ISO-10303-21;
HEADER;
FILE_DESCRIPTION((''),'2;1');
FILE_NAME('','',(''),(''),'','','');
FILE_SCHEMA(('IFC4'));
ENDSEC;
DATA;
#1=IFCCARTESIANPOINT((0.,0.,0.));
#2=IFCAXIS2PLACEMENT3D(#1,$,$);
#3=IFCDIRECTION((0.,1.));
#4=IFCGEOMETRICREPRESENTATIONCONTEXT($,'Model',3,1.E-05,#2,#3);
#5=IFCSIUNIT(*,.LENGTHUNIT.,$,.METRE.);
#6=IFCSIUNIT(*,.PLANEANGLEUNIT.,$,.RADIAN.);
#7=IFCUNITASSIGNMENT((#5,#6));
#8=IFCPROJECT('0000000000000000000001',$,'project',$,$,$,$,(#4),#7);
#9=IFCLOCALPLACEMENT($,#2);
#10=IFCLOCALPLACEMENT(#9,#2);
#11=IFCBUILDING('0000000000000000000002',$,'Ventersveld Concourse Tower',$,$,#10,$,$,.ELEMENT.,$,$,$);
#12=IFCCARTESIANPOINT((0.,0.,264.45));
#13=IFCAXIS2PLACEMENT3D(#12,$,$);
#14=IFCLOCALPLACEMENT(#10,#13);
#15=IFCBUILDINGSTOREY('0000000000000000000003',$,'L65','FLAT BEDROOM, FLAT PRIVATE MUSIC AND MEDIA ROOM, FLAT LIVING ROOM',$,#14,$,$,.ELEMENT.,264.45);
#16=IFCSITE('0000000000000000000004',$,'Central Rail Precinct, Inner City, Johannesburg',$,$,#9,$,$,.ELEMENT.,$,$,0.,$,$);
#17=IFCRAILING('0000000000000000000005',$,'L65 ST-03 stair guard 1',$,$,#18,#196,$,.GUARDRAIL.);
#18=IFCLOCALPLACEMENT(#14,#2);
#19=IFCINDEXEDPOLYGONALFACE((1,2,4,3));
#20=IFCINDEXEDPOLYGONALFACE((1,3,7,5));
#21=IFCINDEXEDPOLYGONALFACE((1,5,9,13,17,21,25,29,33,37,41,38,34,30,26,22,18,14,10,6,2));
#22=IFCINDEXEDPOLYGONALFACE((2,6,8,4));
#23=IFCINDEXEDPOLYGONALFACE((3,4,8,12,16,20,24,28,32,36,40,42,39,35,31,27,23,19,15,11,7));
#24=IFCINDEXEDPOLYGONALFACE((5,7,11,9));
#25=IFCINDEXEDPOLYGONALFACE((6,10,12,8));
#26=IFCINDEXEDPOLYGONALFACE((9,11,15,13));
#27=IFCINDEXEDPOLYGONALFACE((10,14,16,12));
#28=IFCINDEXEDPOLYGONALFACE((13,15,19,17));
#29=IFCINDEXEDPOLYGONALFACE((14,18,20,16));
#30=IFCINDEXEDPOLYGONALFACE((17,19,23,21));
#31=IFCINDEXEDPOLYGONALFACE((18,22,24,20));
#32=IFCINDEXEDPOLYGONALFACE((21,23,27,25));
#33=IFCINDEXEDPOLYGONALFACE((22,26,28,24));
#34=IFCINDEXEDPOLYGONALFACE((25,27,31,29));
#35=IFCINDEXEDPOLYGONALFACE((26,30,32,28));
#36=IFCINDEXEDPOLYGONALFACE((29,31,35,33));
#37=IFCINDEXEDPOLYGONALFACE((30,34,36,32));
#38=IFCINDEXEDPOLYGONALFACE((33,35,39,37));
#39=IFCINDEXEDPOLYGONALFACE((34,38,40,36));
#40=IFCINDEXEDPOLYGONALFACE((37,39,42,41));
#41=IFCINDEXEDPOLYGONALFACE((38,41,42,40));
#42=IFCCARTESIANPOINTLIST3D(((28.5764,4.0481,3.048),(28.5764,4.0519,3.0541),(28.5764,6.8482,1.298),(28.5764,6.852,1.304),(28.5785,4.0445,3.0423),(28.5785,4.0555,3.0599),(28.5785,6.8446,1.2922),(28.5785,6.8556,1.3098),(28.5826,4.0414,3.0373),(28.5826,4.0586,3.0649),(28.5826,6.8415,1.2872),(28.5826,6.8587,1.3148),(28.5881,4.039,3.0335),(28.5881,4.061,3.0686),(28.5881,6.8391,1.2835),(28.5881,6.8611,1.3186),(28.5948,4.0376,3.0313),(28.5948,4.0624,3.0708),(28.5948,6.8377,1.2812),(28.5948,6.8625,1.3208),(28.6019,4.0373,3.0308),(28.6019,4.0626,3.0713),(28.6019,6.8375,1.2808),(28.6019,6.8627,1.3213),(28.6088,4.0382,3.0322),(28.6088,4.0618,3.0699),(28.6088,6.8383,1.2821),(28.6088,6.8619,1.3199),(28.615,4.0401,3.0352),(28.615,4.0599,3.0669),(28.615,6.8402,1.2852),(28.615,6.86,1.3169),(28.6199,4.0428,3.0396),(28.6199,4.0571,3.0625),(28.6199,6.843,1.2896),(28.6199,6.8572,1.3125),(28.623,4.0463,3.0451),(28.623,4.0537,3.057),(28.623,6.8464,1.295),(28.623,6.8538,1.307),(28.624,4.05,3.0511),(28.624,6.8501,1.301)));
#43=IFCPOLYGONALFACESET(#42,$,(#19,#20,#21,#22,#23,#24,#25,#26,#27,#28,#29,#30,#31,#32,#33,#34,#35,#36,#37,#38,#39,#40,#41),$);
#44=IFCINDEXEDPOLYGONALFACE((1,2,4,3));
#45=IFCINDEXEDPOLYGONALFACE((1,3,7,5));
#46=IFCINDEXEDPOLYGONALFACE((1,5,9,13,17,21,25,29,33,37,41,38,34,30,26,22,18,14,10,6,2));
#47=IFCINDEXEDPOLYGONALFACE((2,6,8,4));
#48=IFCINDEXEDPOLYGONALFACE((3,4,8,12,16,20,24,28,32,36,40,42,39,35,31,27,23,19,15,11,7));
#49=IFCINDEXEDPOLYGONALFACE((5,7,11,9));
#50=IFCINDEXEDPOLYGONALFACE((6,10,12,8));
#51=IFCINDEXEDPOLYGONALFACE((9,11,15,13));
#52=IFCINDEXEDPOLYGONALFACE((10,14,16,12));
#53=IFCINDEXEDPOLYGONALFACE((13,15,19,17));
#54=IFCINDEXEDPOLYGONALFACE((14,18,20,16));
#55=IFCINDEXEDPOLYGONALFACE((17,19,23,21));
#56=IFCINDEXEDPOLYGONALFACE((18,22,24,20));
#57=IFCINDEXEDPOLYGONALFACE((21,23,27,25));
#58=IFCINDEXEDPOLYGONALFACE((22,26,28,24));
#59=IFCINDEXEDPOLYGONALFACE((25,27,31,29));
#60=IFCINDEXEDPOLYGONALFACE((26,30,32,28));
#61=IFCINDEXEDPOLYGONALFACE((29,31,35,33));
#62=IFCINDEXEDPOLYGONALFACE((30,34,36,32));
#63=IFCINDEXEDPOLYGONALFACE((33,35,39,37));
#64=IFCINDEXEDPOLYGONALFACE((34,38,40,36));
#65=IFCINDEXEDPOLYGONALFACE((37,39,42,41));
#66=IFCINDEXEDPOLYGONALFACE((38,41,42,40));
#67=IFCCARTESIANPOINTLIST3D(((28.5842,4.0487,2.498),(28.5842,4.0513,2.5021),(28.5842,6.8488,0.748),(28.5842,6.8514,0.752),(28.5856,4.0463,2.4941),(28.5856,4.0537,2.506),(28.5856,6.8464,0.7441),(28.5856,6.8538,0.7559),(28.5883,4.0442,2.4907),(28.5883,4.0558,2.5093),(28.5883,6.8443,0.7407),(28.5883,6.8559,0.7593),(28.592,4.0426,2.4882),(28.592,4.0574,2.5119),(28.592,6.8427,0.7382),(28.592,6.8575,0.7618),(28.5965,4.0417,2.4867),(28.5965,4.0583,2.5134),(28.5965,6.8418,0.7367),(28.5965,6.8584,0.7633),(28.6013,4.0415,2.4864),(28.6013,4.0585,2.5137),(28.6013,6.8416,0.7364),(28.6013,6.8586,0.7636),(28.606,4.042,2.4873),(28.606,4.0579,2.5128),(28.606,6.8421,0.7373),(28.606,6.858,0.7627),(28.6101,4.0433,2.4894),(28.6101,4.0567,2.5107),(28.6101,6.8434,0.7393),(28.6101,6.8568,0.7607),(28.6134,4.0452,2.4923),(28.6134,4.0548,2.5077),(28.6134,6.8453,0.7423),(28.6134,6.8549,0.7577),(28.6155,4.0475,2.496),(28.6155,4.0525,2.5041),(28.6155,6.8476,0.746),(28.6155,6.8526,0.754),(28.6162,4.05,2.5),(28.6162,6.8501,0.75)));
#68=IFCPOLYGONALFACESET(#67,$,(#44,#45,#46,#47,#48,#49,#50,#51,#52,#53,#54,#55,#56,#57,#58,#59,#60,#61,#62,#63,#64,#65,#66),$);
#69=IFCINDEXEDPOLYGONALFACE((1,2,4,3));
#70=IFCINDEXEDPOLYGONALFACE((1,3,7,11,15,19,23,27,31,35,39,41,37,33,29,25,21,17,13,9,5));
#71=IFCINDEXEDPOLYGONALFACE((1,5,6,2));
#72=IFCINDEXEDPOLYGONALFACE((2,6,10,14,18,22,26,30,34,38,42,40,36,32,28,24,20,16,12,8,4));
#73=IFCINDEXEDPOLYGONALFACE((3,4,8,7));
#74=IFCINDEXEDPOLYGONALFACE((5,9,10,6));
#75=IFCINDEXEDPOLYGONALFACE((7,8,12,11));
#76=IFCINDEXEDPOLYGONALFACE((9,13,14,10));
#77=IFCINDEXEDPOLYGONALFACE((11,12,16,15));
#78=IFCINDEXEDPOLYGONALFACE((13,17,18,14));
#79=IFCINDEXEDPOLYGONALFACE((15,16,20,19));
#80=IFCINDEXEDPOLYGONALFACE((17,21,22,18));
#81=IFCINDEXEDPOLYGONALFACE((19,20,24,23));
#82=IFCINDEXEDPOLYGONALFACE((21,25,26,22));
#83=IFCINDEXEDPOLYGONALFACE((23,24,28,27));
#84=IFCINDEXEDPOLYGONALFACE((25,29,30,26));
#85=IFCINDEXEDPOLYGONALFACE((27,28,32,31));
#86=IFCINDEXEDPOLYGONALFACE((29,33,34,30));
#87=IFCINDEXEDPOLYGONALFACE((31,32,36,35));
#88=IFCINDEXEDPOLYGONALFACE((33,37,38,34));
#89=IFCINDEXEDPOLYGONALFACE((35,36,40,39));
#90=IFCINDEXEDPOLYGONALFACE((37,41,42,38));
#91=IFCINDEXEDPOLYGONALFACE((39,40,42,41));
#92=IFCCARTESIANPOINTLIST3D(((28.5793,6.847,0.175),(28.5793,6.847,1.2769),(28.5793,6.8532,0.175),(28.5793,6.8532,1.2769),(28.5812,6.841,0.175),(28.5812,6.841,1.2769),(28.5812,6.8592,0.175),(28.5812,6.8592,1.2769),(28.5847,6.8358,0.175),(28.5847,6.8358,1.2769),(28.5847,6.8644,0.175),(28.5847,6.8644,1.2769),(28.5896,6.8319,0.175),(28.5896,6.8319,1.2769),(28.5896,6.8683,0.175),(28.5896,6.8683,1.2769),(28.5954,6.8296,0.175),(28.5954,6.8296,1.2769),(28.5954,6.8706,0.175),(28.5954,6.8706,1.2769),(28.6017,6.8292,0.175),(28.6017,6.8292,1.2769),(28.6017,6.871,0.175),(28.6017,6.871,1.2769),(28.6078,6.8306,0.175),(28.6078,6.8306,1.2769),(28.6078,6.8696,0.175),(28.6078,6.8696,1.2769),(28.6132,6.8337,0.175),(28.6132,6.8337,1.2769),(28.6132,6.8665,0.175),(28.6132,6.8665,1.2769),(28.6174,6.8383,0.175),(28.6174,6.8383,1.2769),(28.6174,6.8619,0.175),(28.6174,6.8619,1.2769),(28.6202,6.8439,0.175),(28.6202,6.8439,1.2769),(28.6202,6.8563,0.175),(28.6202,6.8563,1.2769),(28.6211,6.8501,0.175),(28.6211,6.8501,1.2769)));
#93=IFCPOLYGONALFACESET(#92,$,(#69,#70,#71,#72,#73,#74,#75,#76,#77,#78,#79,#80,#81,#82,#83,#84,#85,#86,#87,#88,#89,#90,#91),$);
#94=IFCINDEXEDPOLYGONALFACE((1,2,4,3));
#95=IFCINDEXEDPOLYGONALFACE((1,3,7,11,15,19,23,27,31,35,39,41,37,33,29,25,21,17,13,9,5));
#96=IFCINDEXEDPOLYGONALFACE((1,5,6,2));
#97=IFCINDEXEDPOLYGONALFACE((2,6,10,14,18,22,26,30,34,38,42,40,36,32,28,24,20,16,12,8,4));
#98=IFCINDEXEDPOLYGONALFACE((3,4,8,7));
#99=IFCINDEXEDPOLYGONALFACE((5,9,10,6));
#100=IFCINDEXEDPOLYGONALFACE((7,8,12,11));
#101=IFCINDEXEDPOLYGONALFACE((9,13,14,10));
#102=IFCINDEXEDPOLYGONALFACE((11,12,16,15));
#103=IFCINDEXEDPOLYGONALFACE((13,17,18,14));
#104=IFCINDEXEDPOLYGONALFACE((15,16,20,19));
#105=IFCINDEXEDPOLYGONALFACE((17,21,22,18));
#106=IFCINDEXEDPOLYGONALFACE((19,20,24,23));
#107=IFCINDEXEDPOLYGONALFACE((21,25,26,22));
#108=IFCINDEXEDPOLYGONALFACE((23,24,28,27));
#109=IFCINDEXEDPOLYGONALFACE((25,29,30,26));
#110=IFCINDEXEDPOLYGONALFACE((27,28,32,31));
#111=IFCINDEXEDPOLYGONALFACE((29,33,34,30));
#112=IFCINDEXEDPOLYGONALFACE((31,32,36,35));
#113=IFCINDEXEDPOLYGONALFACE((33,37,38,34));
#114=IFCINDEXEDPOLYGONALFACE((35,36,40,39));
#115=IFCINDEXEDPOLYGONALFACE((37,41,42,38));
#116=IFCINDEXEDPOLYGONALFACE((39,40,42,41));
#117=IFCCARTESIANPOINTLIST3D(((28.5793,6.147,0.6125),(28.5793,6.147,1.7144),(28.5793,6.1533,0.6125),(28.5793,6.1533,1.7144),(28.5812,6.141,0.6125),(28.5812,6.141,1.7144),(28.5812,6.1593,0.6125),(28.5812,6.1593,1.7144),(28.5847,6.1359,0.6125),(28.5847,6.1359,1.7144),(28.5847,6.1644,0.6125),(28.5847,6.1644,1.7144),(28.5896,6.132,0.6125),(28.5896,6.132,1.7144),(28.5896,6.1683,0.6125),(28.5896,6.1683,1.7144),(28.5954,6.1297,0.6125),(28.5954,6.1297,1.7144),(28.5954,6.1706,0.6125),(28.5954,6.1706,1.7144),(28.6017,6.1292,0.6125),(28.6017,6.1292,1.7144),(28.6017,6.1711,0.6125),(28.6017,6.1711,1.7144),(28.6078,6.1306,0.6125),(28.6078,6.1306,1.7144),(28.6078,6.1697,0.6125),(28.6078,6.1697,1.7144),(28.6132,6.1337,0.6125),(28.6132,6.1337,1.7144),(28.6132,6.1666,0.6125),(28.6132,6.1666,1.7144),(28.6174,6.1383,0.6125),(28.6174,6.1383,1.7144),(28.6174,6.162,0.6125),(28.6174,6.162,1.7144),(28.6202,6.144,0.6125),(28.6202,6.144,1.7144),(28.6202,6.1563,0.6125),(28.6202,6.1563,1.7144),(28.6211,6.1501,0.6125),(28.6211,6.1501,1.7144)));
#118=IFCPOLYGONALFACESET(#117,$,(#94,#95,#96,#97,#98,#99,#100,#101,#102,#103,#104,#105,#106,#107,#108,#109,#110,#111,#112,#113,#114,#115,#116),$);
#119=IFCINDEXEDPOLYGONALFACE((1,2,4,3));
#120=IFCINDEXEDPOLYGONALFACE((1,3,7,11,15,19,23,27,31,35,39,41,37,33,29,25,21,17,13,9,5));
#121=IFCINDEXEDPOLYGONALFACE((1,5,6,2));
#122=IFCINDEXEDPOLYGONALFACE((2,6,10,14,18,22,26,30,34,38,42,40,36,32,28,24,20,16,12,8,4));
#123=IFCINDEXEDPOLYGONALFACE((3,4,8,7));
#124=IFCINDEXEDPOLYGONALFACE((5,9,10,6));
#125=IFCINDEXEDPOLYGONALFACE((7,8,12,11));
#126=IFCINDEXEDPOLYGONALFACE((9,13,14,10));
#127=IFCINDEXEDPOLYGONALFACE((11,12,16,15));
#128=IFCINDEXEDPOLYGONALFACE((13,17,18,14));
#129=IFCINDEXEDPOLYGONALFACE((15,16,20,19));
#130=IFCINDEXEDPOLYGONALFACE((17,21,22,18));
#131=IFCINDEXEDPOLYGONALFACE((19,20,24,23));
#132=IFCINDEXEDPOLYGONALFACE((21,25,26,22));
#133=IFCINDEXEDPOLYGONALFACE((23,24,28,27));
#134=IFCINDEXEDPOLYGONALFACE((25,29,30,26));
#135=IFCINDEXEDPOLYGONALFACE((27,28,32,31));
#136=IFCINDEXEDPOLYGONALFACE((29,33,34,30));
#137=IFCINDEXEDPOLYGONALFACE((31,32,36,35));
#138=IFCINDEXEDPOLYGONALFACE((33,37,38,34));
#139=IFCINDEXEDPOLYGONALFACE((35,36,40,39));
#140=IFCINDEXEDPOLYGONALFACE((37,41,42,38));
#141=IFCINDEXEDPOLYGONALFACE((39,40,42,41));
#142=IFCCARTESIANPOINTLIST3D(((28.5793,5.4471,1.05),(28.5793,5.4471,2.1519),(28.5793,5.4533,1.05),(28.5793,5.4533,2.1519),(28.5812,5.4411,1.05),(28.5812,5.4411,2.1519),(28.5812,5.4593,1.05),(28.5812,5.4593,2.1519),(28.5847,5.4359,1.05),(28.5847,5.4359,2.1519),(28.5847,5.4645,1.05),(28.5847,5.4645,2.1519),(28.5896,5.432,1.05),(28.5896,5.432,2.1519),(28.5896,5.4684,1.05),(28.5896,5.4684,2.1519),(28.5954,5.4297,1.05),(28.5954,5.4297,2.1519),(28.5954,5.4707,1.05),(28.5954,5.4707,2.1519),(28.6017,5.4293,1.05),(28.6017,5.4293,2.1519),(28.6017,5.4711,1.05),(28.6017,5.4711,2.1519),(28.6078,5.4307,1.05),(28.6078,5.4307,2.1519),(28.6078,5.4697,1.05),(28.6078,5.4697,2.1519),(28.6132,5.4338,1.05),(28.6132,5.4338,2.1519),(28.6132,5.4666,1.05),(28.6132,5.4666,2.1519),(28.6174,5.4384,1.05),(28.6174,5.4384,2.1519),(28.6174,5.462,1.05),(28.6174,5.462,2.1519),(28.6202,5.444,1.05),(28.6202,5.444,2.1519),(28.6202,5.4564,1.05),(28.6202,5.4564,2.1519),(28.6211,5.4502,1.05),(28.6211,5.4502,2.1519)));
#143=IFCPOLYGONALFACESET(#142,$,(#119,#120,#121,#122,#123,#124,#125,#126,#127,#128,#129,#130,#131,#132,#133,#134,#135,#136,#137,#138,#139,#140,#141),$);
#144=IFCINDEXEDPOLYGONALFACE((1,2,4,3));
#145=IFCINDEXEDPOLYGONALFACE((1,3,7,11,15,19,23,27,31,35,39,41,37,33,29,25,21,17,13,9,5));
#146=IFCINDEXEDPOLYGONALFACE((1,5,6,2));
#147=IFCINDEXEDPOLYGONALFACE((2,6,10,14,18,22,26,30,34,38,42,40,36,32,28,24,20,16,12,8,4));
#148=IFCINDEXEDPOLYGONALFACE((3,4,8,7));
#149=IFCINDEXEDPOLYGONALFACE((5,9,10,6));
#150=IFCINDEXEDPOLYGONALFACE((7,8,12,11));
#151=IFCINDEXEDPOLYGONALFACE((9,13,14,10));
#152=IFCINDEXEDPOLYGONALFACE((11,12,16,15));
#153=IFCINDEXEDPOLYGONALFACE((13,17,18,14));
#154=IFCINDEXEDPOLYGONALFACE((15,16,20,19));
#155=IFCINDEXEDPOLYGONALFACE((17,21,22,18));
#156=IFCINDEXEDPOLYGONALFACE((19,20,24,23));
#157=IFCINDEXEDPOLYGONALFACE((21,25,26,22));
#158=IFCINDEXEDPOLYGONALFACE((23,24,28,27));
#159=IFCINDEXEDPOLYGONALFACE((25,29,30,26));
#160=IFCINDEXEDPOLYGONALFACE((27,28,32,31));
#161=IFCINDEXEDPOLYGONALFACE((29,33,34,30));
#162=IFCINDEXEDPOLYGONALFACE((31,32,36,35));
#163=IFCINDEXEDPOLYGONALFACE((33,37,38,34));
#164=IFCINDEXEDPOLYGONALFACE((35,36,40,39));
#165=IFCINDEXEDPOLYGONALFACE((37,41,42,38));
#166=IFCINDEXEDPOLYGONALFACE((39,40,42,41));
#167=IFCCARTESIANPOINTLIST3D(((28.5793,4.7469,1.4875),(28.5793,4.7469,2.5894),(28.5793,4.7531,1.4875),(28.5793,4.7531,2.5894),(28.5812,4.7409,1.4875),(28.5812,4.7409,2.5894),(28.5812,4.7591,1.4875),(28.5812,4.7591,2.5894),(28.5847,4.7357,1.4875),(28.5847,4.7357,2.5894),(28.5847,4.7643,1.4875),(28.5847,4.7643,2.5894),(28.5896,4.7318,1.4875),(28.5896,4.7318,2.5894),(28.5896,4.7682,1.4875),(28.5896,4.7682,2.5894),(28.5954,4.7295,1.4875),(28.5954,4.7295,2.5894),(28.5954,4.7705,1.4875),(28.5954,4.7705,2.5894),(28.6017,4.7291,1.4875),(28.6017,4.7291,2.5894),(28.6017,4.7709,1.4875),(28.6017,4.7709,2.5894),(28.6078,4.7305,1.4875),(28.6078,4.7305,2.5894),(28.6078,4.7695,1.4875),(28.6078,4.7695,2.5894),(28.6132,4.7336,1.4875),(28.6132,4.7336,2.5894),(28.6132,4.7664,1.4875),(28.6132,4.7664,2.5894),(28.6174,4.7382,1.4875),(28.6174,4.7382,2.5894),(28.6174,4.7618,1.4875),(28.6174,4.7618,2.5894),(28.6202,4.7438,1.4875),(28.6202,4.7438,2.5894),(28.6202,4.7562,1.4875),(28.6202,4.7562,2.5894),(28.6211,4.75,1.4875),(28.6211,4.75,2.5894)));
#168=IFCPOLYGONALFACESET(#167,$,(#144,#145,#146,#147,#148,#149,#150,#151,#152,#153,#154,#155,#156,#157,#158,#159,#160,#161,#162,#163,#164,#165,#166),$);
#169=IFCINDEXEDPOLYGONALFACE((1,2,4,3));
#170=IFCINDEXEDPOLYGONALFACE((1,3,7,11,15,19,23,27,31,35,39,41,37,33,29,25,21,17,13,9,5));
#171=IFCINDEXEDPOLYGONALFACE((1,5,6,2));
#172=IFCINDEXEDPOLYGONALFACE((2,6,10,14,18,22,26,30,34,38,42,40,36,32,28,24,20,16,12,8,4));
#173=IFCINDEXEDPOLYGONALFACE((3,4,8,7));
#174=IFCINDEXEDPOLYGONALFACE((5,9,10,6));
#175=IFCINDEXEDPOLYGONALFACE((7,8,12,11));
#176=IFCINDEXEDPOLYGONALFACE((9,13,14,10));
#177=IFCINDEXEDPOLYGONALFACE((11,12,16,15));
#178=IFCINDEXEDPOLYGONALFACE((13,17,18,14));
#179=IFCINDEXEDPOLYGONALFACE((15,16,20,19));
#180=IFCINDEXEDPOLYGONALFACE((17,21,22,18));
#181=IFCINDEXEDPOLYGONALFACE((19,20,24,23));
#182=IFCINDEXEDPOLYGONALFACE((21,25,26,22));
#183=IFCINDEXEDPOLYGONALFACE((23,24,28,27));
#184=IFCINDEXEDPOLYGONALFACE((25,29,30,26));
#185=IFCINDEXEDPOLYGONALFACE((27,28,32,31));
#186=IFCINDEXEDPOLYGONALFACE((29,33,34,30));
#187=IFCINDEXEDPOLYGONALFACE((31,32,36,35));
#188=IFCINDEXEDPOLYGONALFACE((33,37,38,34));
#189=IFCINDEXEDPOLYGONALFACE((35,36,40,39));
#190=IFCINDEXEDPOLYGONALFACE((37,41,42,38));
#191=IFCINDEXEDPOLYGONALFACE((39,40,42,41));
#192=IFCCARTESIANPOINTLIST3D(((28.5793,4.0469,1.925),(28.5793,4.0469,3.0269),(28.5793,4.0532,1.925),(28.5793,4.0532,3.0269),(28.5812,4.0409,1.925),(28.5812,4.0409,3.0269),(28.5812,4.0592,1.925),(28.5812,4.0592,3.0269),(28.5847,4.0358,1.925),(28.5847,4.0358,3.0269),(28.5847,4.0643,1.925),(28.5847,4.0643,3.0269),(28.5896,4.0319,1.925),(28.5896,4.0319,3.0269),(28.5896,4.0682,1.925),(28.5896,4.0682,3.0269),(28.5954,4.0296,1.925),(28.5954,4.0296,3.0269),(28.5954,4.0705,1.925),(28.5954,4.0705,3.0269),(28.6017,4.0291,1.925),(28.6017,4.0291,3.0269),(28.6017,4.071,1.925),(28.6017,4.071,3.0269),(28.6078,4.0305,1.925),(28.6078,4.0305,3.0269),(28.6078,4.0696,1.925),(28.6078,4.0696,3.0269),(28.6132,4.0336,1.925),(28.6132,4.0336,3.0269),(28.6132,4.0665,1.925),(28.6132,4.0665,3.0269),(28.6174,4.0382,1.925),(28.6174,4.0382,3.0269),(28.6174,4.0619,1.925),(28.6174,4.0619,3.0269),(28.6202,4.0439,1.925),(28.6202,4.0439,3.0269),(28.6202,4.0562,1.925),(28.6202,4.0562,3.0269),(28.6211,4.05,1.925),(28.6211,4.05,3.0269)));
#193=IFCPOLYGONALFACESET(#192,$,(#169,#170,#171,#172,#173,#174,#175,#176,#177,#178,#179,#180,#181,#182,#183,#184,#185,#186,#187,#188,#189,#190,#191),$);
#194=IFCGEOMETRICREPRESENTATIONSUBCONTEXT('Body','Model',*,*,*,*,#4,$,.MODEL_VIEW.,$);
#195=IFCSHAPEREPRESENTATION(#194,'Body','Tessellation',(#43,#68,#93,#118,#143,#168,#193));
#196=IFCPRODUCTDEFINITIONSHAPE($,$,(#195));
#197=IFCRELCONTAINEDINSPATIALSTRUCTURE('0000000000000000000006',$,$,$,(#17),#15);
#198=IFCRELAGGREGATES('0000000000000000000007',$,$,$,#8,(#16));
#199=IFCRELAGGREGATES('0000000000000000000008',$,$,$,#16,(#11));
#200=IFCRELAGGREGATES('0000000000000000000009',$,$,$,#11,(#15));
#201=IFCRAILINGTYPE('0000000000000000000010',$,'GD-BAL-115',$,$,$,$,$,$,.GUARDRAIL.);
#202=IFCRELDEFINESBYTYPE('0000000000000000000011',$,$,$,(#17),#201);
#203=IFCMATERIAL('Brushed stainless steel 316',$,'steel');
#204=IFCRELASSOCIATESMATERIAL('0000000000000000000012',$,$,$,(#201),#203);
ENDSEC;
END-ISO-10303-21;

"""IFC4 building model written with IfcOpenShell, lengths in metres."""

from ifc_helpers import new_model, si_unit, direction, frame, origin, origin_2d, place, context, subcontext, project, spatial, circle, extrude, material, type_object, element, save


model = new_model("IFC4")

# Units and contexts
model_context = context("Model", 3, precision=1e-05, world=origin(), true_north=direction((0.0, 1.0)))
body_context = subcontext(model_context, "Body", "Model", "MODEL_VIEW")
ifc_project = project(units=[si_unit("LENGTHUNIT", "METRE"), si_unit("PLANEANGLEUNIT", "RADIAN")], contexts=[model_context])

# Site, building, storey
site_placement = place(None, origin())
site = spatial("IfcSite", under=ifc_project, at=site_placement, Name="Central Rail Precinct, Inner City, Johannesburg", CompositionType="ELEMENT", RefElevation=0.0)
building_placement = place(site_placement, origin())
building = spatial("IfcBuilding", under=site, at=building_placement, Name="Ventersveld Concourse Tower", CompositionType="ELEMENT")
storey_placement = place(building_placement, frame((0.0, 0.0, 264.45)))
storey = spatial("IfcBuildingStorey", under=building, at=storey_placement, Name="L65", Description="FLAT BEDROOM, FLAT PRIVATE MUSIC AND MEDIA ROOM, FLAT LIVING ROOM", CompositionType="ELEMENT", Elevation=264.45)

# Shared definitions
ifc_material_1 = material(Name="Brushed stainless steel 316", Category="steel")

# Railing
railing_type_1 = type_object("IfcRailingType", Name="GD-BAL-115", PredefinedType="GUARDRAIL", material=ifc_material_1)
railing_1_placement = place(storey_placement, frame((28.6001, 6.8501, 0.175)))
element("IfcRailing", 1, at=railing_1_placement, inside=storey, type_object=railing_type_1, Name="L65 ST-03 stair guard 1", PredefinedType="GUARDRAIL", context=body_context, shape_type="SweptSolid", body=[
    extrude(circle(Radius=0.0239, at=origin_2d()), frame((0.0, 0.0, 1.126), z_axis=(0.0, -0.848002, 0.529992), x_axis=(1.0, 0.0, 0.0)), (0.0, 0.0, 1.0), 3.302),
    extrude(circle(Radius=0.0161, at=origin_2d()), frame((0.0, 0.0, 0.575), z_axis=(0.0, -0.848002, 0.529992), x_axis=(1.0, 0.0, 0.0)), (0.0, 0.0, 1.0), 3.302),
    extrude(circle(Radius=0.021, at=origin_2d()), origin(), (0.0, 0.0, 1.0), 1.1018),
    extrude(circle(Radius=0.021, at=origin_2d()), frame((0.0, -0.7, 0.4375)), (0.0, 0.0, 1.0), 1.1018),
    extrude(circle(Radius=0.021, at=origin_2d()), frame((0.0, -1.3999, 0.875)), (0.0, 0.0, 1.0), 1.1018),
    extrude(circle(Radius=0.021, at=origin_2d()), frame((0.0, -2.1001, 1.3125)), (0.0, 0.0, 1.0), 1.1018),
    extrude(circle(Radius=0.021, at=origin_2d()), frame((0.0, -2.8, 1.75)), (0.0, 0.0, 1.0), 1.1018),
])

save(model, "model.ifc")
